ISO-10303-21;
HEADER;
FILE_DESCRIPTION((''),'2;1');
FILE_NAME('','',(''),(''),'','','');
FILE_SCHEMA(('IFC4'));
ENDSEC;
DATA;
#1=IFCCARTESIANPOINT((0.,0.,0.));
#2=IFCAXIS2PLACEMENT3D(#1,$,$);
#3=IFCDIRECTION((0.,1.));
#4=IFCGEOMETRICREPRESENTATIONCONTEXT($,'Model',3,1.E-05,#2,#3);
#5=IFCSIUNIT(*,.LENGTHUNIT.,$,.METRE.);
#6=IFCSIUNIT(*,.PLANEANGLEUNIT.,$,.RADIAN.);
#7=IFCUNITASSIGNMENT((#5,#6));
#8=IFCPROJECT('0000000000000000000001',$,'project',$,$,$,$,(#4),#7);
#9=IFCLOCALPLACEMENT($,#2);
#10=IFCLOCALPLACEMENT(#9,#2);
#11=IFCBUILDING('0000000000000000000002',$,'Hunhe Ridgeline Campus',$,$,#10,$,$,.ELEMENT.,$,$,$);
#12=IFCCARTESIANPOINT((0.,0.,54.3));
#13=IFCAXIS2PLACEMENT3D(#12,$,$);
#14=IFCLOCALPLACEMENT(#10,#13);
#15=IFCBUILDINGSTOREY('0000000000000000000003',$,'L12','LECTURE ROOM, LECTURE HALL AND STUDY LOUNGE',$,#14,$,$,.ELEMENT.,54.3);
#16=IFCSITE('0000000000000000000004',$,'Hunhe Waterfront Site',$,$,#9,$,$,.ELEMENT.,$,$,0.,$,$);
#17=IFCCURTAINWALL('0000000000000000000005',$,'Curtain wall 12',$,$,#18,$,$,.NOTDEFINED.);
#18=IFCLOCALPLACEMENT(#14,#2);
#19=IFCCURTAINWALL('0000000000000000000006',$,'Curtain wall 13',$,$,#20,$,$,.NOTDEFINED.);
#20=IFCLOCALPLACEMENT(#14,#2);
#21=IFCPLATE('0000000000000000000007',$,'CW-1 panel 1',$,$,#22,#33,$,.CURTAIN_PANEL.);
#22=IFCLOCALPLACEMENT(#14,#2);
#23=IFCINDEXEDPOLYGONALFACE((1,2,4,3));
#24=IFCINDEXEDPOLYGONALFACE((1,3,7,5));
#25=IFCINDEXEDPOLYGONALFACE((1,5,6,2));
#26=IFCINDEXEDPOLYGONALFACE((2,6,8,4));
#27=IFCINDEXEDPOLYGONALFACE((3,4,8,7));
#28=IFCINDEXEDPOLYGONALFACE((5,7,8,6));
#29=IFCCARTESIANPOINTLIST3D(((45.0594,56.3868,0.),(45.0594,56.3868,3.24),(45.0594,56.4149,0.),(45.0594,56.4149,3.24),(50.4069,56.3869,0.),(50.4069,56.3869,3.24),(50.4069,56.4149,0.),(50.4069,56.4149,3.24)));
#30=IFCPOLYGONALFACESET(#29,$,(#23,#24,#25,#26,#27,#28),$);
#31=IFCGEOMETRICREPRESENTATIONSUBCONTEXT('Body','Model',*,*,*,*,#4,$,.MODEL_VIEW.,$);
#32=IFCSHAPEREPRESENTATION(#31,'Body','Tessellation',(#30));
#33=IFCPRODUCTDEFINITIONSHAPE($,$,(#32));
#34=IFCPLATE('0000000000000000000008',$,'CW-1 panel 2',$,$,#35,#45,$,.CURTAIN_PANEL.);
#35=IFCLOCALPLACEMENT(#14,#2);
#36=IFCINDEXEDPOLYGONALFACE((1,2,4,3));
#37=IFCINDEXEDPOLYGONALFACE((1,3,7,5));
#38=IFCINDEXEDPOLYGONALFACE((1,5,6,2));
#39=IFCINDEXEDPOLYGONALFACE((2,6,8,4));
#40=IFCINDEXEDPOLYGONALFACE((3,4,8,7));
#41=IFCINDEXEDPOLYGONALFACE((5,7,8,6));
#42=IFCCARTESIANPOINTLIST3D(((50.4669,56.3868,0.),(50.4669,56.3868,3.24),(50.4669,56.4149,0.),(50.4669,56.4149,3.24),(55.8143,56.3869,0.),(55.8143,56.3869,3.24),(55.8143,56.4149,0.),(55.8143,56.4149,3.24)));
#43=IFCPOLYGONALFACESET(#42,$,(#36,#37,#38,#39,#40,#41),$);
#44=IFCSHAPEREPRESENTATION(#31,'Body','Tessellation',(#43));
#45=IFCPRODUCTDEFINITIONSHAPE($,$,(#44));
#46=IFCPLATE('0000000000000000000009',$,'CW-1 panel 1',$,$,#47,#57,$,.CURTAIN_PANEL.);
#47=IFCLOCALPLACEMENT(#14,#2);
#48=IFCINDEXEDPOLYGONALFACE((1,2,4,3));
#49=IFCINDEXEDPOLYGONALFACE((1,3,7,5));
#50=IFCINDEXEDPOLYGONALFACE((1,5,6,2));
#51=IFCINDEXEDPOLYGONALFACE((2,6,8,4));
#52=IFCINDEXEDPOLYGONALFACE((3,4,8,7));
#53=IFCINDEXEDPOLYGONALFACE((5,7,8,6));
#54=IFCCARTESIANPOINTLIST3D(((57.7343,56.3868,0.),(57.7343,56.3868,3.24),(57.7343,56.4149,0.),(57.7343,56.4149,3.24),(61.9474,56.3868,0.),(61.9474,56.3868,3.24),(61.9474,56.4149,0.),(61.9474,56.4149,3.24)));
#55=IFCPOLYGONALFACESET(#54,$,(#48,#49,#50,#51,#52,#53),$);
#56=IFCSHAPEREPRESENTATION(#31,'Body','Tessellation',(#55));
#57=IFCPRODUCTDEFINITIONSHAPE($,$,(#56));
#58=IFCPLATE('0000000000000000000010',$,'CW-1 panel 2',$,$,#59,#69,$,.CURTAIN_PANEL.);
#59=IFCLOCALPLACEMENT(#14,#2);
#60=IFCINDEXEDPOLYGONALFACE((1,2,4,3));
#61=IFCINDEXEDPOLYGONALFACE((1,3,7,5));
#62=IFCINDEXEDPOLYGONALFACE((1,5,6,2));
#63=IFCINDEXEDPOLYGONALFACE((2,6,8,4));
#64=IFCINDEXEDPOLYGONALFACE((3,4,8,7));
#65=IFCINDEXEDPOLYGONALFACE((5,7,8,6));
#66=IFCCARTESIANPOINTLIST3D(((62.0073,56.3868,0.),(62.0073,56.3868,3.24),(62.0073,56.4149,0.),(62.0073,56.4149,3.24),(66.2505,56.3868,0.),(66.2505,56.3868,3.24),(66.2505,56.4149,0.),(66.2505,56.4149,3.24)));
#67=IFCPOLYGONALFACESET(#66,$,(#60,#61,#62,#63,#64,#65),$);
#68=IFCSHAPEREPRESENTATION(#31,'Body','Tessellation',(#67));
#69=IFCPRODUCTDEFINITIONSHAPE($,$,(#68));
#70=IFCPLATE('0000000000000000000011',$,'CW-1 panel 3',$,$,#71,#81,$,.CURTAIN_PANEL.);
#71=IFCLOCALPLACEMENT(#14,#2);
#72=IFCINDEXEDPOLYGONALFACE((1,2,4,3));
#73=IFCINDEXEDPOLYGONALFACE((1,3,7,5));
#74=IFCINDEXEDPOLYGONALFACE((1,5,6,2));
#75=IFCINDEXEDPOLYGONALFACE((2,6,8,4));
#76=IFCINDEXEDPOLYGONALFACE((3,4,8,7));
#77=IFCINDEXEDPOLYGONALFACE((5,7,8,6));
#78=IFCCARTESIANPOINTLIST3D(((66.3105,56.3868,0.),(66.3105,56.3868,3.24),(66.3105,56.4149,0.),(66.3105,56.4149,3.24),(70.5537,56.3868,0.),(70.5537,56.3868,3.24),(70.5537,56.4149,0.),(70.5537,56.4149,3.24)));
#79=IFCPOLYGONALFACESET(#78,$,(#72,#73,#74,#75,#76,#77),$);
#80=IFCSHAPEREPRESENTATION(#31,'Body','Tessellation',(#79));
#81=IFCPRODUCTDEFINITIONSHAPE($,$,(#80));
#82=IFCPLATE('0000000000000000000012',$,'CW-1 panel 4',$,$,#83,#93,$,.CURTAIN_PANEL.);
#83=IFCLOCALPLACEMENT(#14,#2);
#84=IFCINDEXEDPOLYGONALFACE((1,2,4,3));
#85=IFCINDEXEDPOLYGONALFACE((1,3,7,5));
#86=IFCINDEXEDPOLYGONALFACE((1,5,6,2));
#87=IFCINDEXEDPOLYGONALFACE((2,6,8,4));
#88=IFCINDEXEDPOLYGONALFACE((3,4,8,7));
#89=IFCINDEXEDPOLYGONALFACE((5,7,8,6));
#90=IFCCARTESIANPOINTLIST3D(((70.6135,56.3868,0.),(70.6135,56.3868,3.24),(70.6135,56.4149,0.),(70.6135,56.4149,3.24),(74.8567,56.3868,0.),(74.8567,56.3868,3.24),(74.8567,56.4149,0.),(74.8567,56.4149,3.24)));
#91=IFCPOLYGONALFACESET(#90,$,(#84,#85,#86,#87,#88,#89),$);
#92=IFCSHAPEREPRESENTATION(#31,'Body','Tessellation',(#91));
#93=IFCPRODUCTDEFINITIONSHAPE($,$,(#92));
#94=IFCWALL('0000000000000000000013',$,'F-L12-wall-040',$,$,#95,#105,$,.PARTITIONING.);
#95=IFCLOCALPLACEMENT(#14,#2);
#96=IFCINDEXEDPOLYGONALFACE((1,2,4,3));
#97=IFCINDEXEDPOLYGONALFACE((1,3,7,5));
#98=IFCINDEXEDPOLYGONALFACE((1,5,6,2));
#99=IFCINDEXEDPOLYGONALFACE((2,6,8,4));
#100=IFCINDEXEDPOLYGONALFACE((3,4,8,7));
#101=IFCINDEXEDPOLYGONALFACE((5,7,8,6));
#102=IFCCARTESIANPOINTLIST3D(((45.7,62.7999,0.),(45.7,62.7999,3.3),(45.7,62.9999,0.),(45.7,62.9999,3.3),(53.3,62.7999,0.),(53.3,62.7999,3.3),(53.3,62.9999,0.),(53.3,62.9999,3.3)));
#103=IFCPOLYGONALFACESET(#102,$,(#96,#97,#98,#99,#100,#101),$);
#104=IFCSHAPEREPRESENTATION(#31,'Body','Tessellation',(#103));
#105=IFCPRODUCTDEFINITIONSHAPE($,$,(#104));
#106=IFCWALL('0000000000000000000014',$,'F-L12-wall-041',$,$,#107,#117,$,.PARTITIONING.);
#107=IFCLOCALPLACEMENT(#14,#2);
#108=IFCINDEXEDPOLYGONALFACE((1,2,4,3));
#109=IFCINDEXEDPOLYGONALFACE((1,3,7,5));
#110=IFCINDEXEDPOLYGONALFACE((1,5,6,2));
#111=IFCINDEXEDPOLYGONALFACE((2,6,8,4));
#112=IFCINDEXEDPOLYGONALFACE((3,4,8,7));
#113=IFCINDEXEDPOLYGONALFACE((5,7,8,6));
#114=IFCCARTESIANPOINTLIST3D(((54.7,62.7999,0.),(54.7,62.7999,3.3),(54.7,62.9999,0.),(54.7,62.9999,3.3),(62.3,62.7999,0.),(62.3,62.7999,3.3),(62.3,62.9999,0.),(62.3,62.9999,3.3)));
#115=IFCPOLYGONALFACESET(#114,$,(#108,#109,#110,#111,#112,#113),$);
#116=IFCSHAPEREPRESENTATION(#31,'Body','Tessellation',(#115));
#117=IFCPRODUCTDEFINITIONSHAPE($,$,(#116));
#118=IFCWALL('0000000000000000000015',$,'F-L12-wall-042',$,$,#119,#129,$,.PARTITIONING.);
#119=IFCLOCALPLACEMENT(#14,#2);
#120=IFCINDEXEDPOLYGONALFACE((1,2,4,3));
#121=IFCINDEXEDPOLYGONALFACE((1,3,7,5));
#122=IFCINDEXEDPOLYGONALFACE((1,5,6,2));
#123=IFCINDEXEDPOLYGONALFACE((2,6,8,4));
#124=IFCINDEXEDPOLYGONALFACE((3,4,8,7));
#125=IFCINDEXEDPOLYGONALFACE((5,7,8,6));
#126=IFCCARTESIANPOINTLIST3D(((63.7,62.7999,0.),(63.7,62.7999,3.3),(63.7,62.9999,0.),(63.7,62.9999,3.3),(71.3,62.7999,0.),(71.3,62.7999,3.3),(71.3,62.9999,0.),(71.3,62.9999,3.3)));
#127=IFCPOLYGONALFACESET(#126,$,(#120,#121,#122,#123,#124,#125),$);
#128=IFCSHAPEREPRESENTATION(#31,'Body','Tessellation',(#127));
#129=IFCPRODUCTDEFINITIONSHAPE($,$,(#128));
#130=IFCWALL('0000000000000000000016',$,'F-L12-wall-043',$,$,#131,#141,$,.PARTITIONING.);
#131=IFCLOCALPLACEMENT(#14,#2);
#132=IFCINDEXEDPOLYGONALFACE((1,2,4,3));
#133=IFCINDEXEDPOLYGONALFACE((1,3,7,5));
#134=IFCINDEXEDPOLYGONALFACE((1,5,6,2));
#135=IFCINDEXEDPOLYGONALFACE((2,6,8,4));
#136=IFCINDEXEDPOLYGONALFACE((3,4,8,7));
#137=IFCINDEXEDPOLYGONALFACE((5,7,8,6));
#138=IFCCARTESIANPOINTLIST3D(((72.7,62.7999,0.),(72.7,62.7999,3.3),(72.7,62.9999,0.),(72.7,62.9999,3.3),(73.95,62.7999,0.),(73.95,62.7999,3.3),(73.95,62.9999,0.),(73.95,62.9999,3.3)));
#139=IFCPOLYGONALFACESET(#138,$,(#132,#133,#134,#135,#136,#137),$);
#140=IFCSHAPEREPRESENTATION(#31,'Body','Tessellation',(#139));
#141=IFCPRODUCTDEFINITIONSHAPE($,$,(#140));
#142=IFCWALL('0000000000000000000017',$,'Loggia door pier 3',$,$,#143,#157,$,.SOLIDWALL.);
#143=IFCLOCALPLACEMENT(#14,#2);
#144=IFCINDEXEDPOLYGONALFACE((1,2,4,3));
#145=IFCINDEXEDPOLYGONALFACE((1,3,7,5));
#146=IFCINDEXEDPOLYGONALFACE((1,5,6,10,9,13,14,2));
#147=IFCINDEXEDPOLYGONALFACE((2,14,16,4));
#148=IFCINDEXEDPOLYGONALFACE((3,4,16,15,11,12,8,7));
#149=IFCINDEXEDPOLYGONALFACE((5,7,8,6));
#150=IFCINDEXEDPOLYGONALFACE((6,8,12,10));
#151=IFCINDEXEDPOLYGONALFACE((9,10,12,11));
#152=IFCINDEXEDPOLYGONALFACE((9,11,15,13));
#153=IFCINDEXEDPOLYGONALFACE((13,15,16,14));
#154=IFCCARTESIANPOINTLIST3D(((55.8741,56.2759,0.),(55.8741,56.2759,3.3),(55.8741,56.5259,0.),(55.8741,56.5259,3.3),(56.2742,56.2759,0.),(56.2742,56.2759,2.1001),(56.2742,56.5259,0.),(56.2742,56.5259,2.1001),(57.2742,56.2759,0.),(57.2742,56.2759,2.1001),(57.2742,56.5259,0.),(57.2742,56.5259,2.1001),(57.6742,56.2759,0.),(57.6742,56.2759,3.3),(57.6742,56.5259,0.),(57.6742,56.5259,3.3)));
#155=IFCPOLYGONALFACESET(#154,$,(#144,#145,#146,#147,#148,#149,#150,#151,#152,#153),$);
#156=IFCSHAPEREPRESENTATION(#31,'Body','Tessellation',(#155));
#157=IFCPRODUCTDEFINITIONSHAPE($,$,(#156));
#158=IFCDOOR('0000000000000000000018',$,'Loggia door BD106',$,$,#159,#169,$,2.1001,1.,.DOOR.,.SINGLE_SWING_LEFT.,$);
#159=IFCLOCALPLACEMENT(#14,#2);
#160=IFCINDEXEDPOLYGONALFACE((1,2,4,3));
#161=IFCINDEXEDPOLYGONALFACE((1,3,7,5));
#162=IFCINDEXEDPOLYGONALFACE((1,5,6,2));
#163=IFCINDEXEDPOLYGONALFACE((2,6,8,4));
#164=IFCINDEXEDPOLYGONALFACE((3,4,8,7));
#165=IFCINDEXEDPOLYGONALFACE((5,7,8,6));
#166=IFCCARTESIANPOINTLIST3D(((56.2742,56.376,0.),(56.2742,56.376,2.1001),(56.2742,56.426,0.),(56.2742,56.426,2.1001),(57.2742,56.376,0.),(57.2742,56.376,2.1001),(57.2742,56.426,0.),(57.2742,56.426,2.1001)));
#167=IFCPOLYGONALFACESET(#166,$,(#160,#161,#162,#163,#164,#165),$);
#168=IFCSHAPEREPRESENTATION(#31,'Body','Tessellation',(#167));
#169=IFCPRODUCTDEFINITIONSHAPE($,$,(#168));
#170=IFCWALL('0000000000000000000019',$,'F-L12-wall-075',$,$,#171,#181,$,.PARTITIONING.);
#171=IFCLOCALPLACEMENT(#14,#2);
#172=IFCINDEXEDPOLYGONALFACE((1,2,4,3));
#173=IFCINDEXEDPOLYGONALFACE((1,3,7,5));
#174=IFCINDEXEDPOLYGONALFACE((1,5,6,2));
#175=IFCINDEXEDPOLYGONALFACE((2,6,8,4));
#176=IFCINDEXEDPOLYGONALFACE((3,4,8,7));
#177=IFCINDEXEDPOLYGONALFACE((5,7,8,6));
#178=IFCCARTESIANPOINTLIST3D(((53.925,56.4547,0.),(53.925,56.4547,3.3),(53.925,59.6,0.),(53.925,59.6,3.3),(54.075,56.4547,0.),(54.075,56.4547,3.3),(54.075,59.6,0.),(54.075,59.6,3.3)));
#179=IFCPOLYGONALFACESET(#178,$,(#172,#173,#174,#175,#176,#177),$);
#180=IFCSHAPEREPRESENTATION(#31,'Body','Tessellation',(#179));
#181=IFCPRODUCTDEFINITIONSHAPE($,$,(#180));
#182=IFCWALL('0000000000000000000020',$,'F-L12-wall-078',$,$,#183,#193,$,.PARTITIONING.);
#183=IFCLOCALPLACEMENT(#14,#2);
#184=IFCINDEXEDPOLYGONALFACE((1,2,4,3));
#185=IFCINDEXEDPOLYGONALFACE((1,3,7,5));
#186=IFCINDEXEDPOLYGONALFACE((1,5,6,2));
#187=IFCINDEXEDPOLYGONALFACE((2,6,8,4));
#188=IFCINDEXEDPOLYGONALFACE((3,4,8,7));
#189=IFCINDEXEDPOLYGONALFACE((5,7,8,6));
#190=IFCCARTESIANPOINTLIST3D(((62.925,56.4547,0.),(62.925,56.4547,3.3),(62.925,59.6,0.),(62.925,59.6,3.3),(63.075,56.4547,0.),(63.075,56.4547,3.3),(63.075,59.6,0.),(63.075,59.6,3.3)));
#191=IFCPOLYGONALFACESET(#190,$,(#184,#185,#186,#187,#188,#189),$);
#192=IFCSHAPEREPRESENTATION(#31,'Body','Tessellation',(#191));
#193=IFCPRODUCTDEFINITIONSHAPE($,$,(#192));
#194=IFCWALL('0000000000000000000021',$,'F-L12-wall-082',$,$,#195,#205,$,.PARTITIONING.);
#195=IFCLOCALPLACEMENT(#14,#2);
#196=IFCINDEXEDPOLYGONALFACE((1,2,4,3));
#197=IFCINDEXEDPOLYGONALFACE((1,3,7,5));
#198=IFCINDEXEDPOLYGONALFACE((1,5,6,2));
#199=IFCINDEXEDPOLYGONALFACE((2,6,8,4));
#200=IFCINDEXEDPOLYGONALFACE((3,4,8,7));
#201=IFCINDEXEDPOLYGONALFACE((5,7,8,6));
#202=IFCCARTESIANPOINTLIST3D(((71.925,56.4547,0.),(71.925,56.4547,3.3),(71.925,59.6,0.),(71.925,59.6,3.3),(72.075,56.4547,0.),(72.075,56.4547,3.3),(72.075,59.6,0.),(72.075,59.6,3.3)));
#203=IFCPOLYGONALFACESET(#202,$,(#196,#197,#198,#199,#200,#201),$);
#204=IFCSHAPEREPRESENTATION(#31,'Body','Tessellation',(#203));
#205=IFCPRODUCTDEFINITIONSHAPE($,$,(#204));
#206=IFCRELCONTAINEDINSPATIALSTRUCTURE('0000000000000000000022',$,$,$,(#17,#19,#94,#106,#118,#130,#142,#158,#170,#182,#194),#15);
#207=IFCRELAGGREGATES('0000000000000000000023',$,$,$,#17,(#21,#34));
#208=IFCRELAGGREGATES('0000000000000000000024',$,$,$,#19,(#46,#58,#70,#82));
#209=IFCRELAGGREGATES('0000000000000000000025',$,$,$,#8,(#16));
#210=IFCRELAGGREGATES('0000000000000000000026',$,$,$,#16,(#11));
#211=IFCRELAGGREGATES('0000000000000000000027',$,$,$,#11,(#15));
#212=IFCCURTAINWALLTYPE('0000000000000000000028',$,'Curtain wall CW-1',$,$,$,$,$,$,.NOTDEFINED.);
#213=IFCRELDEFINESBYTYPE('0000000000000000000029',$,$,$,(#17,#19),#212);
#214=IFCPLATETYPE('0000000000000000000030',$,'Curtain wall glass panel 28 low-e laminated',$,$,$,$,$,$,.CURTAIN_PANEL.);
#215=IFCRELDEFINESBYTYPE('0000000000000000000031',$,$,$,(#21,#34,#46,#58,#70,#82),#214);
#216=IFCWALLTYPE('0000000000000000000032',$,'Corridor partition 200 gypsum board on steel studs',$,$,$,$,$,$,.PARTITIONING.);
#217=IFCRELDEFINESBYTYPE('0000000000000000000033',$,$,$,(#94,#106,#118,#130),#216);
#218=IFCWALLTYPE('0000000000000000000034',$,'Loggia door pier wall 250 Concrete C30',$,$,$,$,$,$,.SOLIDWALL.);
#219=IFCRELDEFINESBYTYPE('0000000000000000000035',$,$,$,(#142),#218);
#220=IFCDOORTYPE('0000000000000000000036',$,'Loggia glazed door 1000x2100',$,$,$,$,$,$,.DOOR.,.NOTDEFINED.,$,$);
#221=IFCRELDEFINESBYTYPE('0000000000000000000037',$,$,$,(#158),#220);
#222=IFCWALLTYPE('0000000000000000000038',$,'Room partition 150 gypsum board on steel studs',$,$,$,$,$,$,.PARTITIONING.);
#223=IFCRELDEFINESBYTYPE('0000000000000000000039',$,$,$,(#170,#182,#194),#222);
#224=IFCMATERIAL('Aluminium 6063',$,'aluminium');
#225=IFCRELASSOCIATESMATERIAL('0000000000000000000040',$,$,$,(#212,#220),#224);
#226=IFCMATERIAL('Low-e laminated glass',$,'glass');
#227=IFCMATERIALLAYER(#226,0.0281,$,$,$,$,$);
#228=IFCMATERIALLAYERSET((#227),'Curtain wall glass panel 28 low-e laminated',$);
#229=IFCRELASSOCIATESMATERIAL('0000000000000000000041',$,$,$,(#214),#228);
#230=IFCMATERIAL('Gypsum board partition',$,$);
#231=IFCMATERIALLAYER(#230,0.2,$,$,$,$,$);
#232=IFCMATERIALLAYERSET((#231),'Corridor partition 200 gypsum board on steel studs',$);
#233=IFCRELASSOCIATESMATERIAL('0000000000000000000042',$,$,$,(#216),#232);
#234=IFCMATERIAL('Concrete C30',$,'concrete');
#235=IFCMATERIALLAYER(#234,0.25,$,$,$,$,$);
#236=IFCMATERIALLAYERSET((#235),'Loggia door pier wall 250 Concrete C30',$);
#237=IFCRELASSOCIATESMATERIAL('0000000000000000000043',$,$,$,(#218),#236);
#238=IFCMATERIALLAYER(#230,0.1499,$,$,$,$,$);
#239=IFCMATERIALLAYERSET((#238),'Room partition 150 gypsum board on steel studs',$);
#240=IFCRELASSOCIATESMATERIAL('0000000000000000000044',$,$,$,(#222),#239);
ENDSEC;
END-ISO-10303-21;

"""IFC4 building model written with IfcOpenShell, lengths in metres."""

from ifc_helpers import new_model, si_unit, direction, frame, frame_2d, origin, origin_2d, place, context, subcontext, project, spatial, rectangle, extrude, material, layer, layer_set, type_object, element, fill, aggregate, save


model = new_model("IFC4")

# Units and contexts
model_context = context("Model", 3, precision=1e-05, world=origin(), true_north=direction((0.0, 1.0)))
body_context = subcontext(model_context, "Body", "Model", "MODEL_VIEW")
ifc_project = project(units=[si_unit("LENGTHUNIT", "METRE"), si_unit("PLANEANGLEUNIT", "RADIAN")], contexts=[model_context])

# Site, building, storey
site_placement = place(None, origin())
site = spatial("IfcSite", under=ifc_project, at=site_placement, Name="Hunhe Waterfront Site", CompositionType="ELEMENT", RefElevation=0.0)
building_placement = place(site_placement, origin())
building = spatial("IfcBuilding", under=site, at=building_placement, Name="Hunhe Ridgeline Campus", CompositionType="ELEMENT")
storey_placement = place(building_placement, frame((0.0, 0.0, 54.3)))
storey = spatial("IfcBuildingStorey", under=building, at=storey_placement, Name="L12", Description="LECTURE ROOM, LECTURE HALL AND STUDY LOUNGE", CompositionType="ELEMENT", Elevation=54.3)

# Curtain walls
ifc_material_1 = material(Name="Aluminium 6063", Category="aluminium")
curtain_wall_type = type_object("IfcCurtainWallType", Name="Curtain wall CW-1", PredefinedType="NOTDEFINED", material=ifc_material_1)
curtain_wall_1_placement = place(storey_placement, origin())
curtain_wall_1 = element("IfcCurtainWall", 1, at=curtain_wall_1_placement, inside=storey, type_object=curtain_wall_type, Name="Curtain wall 12", PredefinedType="NOTDEFINED")
curtain_wall_2_placement = place(storey_placement, origin())
curtain_wall_2 = element("IfcCurtainWall", 2, at=curtain_wall_2_placement, inside=storey, type_object=curtain_wall_type, Name="Curtain wall 13", PredefinedType="NOTDEFINED")

# Plates
ifc_material_2 = material(Name="Low-e laminated glass", Category="glass")
ifc_layer_1 = layer(ifc_material_2, 0.0281)
ifc_layer_set_1 = layer_set([ifc_layer_1], Name="Curtain wall glass panel 28 low-e laminated")
plate_type = type_object("IfcPlateType", Name="Curtain wall glass panel 28 low-e laminated", PredefinedType="CURTAIN_PANEL", material=ifc_layer_set_1)
plate_1_placement = place(storey_placement, frame((47.7332, 56.4009, 0.0), z_axis=(0.0, 0.0, 1.0), x_axis=(1.0, 0.000004, 0.0)))
plate_1 = element("IfcPlate", 3, at=plate_1_placement, type_object=plate_type, Name="CW-1 panel 1", PredefinedType="CURTAIN_PANEL", context=body_context, shape_type="SweptSolid", body=[
    extrude(rectangle(XDim=5.3474, YDim=0.0281, at=origin_2d()), origin(), (0.0, 0.0, 1.0), 3.24),
])
plate_2_placement = place(storey_placement, frame((53.1406, 56.4009, 0.0), z_axis=(0.0, 0.0, 1.0), x_axis=(1.0, 0.000004, 0.0)))
plate_2 = element("IfcPlate", 4, at=plate_2_placement, type_object=plate_type, Name="CW-1 panel 2", PredefinedType="CURTAIN_PANEL", context=body_context, shape_type="SweptSolid", body=[
    extrude(rectangle(XDim=5.3474, YDim=0.0281, at=origin_2d()), origin(), (0.0, 0.0, 1.0), 3.24),
])
aggregate(curtain_wall_1, [plate_1, plate_2])
plate_3_placement = place(storey_placement, frame((59.8408, 56.4009, 0.0), z_axis=(0.0, 0.0, 1.0), x_axis=(1.0, 0.000004, 0.0)))
plate_3 = element("IfcPlate", 5, at=plate_3_placement, type_object=plate_type, Name="CW-1 panel 1", PredefinedType="CURTAIN_PANEL", context=body_context, shape_type="SweptSolid", body=[
    extrude(rectangle(XDim=4.2131, YDim=0.0281, at=origin_2d()), origin(), (0.0, 0.0, 1.0), 3.24),
])
plate_4_placement = place(storey_placement, frame((64.1289, 56.4009, 0.0), z_axis=(0.0, 0.0, 1.0), x_axis=(1.0, 0.000004, 0.0)))
plate_4 = element("IfcPlate", 6, at=plate_4_placement, type_object=plate_type, Name="CW-1 panel 2", PredefinedType="CURTAIN_PANEL", context=body_context, shape_type="SweptSolid", body=[
    extrude(rectangle(XDim=4.2432, YDim=0.0281, at=origin_2d()), origin(), (0.0, 0.0, 1.0), 3.24),
])
plate_5_placement = place(storey_placement, frame((68.4321, 56.4009, 0.0), z_axis=(0.0, 0.0, 1.0), x_axis=(1.0, 0.000004, 0.0)))
plate_5 = element("IfcPlate", 7, at=plate_5_placement, type_object=plate_type, Name="CW-1 panel 3", PredefinedType="CURTAIN_PANEL", context=body_context, shape_type="SweptSolid", body=[
    extrude(rectangle(XDim=4.2432, YDim=0.0281, at=origin_2d()), origin(), (0.0, 0.0, 1.0), 3.24),
])
plate_6_placement = place(storey_placement, frame((72.7351, 56.4009, 0.0), z_axis=(0.0, 0.0, 1.0), x_axis=(1.0, 0.000004, 0.0)))
plate_6 = element("IfcPlate", 8, at=plate_6_placement, type_object=plate_type, Name="CW-1 panel 4", PredefinedType="CURTAIN_PANEL", context=body_context, shape_type="SweptSolid", body=[
    extrude(rectangle(XDim=4.2432, YDim=0.0281, at=origin_2d()), origin(), (0.0, 0.0, 1.0), 3.24),
])
aggregate(curtain_wall_2, [plate_3, plate_4, plate_5, plate_6])

# Walls
ifc_material_3 = material(Name="Gypsum board partition")
ifc_layer_2 = layer(ifc_material_3, 0.2)
ifc_layer_set_2 = layer_set([ifc_layer_2], Name="Corridor partition 200 gypsum board on steel studs")
wall_type_1 = type_object("IfcWallType", Name="Corridor partition 200 gypsum board on steel studs", PredefinedType="PARTITIONING", material=ifc_layer_set_2)
for number, where, z_axis, x_axis, name in (
    (9, (45.7, 62.8999, 0.0), (0.0, 0.0, 1.0), (1.0, 0.0, 0.0), "F-L12-wall-040"),
    (10, (54.7, 62.8999, 0.0), (0.0, 0.0, 1.0), (1.0, 0.0, 0.0), "F-L12-wall-041"),
    (11, (63.7, 62.8999, 0.0), (0.0, 0.0, 1.0), (1.0, 0.0, 0.0), "F-L12-wall-042"),
):
    element("IfcWall", number, at=place(storey_placement, frame(where, z_axis=z_axis, x_axis=x_axis)), inside=storey, type_object=wall_type_1, Name=name, PredefinedType="PARTITIONING", context=body_context, shape_type="SweptSolid", body=[
        extrude(rectangle(XDim=7.6001, YDim=0.2, at=frame_2d((3.8, 0.0))), origin(), (0.0, 0.0, 1.0), 3.3),
    ])
wall_1_placement = place(storey_placement, frame((72.7, 62.8999, 0.0), z_axis=(0.0, 0.0, 1.0), x_axis=(1.0, 0.0, 0.0)))
element("IfcWall", 12, at=wall_1_placement, inside=storey, type_object=wall_type_1, Name="F-L12-wall-043", PredefinedType="PARTITIONING", context=body_context, shape_type="SweptSolid", body=[
    extrude(rectangle(XDim=1.25, YDim=0.2, at=frame_2d((0.625, 0.0))), origin(), (0.0, 0.0, 1.0), 3.3),
])

# Wall, opening, door
ifc_material_4 = material(Name="Concrete C30", Category="concrete")
ifc_layer_3 = layer(ifc_material_4, 0.25)
ifc_layer_set_3 = layer_set([ifc_layer_3], Name="Loggia door pier wall 250 Concrete C30")
wall_type_2 = type_object("IfcWallType", Name="Loggia door pier wall 250 Concrete C30", PredefinedType="SOLIDWALL", material=ifc_layer_set_3)
wall_2_placement = place(storey_placement, frame((55.8743, 56.4009, 0.0), z_axis=(0.0, 0.0, 1.0), x_axis=(1.0, 0.0, 0.0)))
wall_2 = element("IfcWall", 13, at=wall_2_placement, inside=storey, type_object=wall_type_2, Name="Loggia door pier 3", PredefinedType="SOLIDWALL", context=body_context, shape_type="SweptSolid", body=[
    extrude(rectangle(XDim=1.8, YDim=0.25, at=frame_2d((0.8999, 0.0))), origin(), (0.0, 0.0, 1.0), 3.3),
])
opening_placement = place(wall_2_placement, frame((0.3999, 0.0, 0.0)))
opening = element("IfcOpeningElement", 14, at=opening_placement, cuts=wall_2, PredefinedType="OPENING", context=body_context, shape_type="SweptSolid", body=[
    extrude(rectangle(XDim=1.0, YDim=2.1001, at=frame_2d((0.5, 1.05))), frame((0.0, 0.125, 0.0), z_axis=(0.0, -1.0, 0.0), x_axis=(1.0, 0.0, 0.0)), (0.0, 0.0, 1.0), 0.25),
])
door_type = type_object("IfcDoorType", Name="Loggia glazed door 1000x2100", OperationType="NOTDEFINED", PredefinedType="DOOR", material=ifc_material_1)
door_placement = place(opening_placement, frame((1.0, 0.0, 0.0), z_axis=(0.0, 0.0, 1.0), x_axis=(-1.0, 0.0, 0.0)))
door = element("IfcDoor", 15, at=door_placement, inside=storey, type_object=door_type, Name="Loggia door BD106", OperationType="SINGLE_SWING_LEFT", OverallHeight=2.1001, OverallWidth=1.0, PredefinedType="DOOR", context=body_context, shape_type="SweptSolid", body=[
    extrude(rectangle(XDim=1.0, YDim=2.1001, at=frame_2d((0.5, 1.05))), frame((0.0, 0.0249, 0.0), z_axis=(0.0, -1.0, 0.0), x_axis=(1.0, 0.0, 0.0)), (0.0, 0.0, 1.0), 0.05),
])
fill(opening, door)

# Walls
ifc_layer_4 = layer(ifc_material_3, 0.1499)
ifc_layer_set_4 = layer_set([ifc_layer_4], Name="Room partition 150 gypsum board on steel studs")
wall_type_3 = type_object("IfcWallType", Name="Room partition 150 gypsum board on steel studs", PredefinedType="PARTITIONING", material=ifc_layer_set_4)
for number, where, z_axis, x_axis, name in (
    (16, (54.0, 59.6001, 0.0), (0.0, 0.0, 1.0), (0.0, -1.0, 0.0), "F-L12-wall-075"),
    (17, (63.0, 59.6001, 0.0), (0.0, 0.0, 1.0), (0.0, -1.0, 0.0), "F-L12-wall-078"),
    (18, (72.0, 59.6001, 0.0), (0.0, 0.0, 1.0), (0.0, -1.0, 0.0), "F-L12-wall-082"),
):
    element("IfcWall", number, at=place(storey_placement, frame(where, z_axis=z_axis, x_axis=x_axis)), inside=storey, type_object=wall_type_3, Name=name, PredefinedType="PARTITIONING", context=body_context, shape_type="SweptSolid", body=[
        extrude(rectangle(XDim=3.1453, YDim=0.1499, at=frame_2d((1.5728, 0.0))), origin(), (0.0, 0.0, 1.0), 3.3),
    ])

save(model, "model.ifc")
